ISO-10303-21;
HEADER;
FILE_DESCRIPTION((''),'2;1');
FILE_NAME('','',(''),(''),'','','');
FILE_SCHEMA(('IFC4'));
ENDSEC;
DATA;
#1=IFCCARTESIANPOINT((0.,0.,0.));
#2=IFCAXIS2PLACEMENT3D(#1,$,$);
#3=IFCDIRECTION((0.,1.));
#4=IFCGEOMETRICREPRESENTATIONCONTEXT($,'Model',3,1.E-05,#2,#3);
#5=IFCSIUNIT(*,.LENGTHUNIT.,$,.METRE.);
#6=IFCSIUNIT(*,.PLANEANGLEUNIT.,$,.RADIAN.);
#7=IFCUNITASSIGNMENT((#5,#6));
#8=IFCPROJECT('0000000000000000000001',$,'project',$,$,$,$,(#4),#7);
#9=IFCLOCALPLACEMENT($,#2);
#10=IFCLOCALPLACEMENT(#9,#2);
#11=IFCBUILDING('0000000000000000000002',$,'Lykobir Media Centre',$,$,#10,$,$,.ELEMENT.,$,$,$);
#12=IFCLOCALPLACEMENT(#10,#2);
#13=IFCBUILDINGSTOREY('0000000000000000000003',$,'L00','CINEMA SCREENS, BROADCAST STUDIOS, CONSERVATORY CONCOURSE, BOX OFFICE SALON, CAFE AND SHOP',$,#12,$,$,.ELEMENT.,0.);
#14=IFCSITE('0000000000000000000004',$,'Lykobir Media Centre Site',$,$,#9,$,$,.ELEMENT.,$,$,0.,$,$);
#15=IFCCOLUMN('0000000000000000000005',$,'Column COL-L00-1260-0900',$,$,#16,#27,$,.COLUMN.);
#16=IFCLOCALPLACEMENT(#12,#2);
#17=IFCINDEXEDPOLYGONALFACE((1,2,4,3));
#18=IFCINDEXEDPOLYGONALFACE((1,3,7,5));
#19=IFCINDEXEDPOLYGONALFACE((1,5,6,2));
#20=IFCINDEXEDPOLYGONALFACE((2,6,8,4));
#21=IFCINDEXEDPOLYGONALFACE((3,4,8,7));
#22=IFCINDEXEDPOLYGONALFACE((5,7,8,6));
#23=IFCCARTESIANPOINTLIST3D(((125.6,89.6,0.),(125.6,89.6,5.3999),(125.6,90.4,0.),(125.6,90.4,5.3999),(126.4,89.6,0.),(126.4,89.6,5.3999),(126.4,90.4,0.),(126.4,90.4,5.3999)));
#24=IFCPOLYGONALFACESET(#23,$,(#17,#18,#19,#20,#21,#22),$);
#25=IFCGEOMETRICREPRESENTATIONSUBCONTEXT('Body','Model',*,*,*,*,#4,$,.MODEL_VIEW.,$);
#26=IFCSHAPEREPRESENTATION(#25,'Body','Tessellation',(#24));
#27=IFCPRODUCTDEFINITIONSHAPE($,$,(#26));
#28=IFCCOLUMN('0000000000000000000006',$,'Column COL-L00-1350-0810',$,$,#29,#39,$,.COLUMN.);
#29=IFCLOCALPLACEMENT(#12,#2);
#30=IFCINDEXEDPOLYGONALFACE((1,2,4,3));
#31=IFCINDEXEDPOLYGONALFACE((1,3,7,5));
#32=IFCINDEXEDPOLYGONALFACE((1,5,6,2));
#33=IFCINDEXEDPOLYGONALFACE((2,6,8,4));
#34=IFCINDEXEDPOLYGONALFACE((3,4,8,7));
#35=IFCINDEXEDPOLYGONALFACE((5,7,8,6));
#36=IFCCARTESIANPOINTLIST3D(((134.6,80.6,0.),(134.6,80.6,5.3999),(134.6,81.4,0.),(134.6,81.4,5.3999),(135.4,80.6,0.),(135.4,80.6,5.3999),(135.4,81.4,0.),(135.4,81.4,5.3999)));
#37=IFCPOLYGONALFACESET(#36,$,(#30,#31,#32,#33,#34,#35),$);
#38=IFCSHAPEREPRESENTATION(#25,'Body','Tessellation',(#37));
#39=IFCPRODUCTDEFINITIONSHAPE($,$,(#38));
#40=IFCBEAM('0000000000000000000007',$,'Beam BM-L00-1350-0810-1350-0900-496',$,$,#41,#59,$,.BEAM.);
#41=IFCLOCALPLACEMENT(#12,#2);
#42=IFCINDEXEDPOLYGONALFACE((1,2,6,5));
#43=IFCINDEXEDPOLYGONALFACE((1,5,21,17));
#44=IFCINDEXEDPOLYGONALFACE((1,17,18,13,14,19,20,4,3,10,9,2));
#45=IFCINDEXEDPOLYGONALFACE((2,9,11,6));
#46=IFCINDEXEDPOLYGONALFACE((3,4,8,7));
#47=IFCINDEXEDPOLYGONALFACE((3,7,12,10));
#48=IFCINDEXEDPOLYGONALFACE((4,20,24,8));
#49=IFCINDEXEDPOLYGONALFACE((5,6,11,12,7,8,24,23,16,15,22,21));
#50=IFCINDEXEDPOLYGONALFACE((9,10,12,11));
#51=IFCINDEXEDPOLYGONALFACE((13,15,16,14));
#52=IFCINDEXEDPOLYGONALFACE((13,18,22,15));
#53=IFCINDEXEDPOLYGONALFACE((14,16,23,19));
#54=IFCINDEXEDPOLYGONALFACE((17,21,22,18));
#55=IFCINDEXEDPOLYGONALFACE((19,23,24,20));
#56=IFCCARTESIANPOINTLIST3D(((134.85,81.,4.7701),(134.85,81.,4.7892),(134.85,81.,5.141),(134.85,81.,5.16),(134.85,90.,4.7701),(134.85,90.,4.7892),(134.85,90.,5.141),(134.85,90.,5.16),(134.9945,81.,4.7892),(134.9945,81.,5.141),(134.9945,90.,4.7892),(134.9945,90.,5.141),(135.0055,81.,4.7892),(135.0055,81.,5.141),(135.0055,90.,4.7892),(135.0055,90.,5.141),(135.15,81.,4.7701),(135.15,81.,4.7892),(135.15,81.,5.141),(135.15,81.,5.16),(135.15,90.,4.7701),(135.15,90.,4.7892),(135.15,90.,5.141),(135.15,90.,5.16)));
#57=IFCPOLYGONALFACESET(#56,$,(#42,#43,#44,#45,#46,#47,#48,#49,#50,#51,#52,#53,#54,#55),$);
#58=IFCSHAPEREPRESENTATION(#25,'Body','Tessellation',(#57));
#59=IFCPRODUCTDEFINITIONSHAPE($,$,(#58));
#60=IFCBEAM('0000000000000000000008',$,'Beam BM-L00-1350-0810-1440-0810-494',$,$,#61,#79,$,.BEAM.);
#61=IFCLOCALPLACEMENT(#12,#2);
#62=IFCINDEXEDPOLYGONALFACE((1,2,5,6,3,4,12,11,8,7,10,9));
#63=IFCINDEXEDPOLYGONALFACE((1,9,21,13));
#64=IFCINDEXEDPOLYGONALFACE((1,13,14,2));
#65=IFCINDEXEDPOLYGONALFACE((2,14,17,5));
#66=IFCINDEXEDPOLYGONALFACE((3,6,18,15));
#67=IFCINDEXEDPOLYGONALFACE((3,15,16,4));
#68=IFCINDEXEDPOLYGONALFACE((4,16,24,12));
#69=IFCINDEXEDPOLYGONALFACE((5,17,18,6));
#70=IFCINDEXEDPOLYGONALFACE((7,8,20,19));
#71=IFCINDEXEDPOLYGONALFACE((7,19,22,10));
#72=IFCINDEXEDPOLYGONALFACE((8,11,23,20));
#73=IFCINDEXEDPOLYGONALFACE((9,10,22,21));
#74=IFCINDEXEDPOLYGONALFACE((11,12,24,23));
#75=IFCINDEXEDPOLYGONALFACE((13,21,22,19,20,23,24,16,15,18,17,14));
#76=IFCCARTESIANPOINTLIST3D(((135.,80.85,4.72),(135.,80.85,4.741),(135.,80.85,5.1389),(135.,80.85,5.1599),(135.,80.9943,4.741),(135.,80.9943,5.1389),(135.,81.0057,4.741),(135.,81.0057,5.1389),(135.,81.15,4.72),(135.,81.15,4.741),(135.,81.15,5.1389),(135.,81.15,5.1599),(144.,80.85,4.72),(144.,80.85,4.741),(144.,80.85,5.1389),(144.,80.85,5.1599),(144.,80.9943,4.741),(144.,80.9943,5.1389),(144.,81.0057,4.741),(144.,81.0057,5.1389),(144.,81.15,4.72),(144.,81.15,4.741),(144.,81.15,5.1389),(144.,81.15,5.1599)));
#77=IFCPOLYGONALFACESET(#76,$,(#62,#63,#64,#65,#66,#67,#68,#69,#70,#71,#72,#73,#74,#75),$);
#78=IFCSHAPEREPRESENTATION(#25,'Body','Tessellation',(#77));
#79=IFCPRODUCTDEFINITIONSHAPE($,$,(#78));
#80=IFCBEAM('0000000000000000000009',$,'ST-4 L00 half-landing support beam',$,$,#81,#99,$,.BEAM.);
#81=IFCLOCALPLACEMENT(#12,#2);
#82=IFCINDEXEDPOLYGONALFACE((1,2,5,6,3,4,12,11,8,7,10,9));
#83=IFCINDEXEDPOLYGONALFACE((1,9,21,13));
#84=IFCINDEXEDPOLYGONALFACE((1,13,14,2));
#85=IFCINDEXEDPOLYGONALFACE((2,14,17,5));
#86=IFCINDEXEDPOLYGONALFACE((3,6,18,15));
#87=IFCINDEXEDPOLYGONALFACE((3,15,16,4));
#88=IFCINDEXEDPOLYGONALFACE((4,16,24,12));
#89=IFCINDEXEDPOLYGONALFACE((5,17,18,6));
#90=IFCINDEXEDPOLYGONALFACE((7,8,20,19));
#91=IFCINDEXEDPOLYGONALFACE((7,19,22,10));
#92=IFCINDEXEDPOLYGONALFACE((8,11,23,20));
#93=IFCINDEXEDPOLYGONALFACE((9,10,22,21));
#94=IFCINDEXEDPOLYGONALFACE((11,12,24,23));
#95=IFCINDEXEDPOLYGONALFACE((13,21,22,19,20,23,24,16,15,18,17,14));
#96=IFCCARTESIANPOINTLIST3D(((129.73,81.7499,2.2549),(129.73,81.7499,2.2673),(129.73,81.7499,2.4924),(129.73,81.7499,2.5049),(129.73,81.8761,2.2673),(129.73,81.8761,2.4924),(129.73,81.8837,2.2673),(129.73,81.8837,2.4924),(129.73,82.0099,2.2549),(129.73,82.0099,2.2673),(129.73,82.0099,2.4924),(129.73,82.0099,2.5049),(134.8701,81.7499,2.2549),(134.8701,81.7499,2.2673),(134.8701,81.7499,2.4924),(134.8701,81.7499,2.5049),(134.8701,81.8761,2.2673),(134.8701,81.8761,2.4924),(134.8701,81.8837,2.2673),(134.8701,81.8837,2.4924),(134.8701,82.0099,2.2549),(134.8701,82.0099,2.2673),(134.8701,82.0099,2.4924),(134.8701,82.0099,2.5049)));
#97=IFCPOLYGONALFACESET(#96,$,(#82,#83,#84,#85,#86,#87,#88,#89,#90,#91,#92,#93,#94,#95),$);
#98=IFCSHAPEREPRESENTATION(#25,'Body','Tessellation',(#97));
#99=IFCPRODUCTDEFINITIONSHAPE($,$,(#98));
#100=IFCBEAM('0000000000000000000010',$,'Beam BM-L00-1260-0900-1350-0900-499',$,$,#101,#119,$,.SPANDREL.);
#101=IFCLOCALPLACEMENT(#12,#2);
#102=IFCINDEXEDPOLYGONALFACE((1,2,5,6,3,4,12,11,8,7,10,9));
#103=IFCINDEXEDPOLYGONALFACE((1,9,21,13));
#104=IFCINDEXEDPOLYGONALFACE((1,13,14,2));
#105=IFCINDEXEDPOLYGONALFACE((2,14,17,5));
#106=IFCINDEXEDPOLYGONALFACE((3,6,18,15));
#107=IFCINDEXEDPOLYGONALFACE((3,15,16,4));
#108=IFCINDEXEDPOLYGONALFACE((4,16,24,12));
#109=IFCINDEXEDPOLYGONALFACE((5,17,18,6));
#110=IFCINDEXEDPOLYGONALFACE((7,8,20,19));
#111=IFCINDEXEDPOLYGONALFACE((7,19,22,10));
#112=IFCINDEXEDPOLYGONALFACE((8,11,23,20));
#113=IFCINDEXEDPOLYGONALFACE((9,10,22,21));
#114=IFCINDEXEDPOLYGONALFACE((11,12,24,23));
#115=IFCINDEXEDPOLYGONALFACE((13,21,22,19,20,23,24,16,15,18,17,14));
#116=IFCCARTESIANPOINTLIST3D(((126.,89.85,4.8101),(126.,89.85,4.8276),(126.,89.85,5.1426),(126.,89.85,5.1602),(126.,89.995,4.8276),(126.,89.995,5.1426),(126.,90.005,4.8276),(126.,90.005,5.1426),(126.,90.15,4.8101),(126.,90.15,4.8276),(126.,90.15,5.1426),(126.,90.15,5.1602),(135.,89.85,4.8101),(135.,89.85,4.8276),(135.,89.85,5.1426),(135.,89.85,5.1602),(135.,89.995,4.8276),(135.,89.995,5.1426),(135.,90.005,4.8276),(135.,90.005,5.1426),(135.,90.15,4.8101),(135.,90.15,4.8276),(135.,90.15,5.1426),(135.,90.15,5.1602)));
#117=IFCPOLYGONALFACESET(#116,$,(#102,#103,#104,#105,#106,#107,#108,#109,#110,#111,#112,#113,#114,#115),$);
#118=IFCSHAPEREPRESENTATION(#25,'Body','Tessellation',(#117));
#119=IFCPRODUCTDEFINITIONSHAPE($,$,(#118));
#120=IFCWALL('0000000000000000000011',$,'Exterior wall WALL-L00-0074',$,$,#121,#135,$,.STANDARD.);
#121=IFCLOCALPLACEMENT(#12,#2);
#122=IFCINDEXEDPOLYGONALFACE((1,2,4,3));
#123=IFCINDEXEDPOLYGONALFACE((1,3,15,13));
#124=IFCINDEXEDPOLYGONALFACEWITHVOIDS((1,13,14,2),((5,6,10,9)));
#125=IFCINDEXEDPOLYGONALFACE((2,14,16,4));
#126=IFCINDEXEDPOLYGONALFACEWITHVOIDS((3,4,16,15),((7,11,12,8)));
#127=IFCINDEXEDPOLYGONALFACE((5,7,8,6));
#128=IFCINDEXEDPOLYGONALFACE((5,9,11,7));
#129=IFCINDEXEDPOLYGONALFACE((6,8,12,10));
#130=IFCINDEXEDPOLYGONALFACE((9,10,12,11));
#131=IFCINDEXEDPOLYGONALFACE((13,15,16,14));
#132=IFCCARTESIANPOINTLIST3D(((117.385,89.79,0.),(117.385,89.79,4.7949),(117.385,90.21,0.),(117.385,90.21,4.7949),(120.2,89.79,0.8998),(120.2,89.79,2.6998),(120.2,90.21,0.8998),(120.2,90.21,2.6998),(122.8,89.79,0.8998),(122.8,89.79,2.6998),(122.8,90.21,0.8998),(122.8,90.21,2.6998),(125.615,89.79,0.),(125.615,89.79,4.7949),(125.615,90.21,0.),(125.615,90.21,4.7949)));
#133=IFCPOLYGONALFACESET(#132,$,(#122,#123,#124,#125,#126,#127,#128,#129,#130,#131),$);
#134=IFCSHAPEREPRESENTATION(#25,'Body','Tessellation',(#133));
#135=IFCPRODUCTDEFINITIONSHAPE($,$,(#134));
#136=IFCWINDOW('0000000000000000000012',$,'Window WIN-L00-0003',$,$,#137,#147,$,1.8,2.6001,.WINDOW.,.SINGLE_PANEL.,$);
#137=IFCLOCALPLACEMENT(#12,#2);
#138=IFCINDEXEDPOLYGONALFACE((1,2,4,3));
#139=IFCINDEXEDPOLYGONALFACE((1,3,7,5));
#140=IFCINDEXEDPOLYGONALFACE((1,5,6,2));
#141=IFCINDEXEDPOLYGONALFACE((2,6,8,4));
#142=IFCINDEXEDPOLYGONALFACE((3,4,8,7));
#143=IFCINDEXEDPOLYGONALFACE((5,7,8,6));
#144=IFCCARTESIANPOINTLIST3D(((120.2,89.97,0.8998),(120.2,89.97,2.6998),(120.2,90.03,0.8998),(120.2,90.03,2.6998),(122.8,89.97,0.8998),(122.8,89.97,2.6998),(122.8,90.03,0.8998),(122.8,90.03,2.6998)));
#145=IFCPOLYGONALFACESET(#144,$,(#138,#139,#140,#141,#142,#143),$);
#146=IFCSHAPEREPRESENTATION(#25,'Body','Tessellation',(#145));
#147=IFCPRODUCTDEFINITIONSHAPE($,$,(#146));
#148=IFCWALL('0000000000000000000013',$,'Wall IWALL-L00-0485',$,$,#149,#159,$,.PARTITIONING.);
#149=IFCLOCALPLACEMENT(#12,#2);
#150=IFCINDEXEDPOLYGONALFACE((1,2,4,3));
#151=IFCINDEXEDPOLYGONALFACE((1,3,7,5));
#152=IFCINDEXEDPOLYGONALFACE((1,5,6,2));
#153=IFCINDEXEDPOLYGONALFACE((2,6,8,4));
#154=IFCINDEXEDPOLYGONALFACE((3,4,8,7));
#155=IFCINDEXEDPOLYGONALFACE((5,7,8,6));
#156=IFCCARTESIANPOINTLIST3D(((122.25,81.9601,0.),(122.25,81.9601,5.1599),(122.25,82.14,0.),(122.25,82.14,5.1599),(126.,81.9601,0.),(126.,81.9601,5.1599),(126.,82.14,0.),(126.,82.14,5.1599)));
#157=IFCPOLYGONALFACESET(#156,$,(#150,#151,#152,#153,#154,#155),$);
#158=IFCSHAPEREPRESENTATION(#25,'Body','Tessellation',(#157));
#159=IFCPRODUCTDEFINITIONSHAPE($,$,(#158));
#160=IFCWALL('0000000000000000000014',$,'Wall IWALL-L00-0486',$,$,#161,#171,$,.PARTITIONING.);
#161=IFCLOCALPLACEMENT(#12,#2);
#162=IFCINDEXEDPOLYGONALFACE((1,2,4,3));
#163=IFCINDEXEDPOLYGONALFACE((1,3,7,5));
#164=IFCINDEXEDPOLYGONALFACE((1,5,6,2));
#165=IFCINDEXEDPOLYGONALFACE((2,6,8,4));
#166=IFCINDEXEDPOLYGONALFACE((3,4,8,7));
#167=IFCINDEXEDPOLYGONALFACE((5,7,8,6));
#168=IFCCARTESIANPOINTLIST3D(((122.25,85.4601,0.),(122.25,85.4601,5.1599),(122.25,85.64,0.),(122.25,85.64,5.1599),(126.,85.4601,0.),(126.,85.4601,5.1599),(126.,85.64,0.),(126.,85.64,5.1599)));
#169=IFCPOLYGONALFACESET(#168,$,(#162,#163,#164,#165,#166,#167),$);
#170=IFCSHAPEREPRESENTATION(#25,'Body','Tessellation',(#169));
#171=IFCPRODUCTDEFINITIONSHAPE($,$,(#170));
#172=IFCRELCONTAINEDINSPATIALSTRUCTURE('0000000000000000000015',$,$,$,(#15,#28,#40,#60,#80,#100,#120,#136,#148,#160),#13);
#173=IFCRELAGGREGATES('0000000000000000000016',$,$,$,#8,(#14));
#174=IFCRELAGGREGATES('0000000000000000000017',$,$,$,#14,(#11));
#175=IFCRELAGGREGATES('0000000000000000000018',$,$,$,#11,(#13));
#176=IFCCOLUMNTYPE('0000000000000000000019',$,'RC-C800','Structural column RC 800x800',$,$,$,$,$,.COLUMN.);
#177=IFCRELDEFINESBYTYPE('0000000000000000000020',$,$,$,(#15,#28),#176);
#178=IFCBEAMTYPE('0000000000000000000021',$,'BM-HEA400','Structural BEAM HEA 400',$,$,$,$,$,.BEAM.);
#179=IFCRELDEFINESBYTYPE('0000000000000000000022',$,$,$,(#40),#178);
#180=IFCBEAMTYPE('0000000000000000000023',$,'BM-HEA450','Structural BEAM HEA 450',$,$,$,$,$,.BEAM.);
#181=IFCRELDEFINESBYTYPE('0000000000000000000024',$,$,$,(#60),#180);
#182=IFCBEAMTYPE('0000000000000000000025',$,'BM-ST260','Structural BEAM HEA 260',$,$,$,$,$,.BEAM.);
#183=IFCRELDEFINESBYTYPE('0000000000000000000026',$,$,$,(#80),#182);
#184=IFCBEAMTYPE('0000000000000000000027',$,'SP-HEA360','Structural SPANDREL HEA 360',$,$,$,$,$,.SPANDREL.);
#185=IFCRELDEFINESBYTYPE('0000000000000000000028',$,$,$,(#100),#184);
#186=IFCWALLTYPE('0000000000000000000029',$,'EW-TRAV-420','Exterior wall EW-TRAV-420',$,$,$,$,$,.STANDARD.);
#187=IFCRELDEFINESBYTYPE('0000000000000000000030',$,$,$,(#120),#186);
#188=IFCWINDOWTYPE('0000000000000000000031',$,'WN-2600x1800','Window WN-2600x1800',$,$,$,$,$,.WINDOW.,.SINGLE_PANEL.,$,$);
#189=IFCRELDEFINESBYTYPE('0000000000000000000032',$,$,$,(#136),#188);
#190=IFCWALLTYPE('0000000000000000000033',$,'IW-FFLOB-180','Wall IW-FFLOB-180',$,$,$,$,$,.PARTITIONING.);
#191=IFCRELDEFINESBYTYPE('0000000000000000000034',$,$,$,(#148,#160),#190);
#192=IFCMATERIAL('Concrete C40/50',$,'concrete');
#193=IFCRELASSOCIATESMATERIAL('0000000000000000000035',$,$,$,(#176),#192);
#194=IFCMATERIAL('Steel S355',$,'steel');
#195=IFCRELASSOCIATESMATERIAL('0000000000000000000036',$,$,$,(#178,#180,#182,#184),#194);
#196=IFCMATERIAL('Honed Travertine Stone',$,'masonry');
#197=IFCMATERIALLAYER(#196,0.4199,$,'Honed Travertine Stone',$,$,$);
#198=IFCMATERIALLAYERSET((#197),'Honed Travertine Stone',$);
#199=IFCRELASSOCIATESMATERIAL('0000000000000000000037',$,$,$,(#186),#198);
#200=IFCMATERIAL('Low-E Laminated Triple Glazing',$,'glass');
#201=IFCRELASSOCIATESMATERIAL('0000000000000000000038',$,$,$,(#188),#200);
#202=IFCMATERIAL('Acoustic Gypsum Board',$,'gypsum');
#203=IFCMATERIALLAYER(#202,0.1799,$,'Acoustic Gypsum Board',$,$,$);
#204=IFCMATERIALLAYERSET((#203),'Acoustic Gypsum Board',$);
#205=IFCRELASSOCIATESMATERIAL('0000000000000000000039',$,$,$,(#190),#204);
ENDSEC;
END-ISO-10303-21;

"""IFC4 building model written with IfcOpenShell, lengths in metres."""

from ifc_helpers import new_model, si_unit, direction, frame, frame_2d, origin, origin_2d, place, context, subcontext, project, spatial, rectangle, i_section, extrude, material, layer, layer_set, material_profile, profile_set, type_object, element, fill, save


model = new_model("IFC4")

# Units and contexts
model_context = context("Model", 3, precision=1e-05, world=origin(), true_north=direction((0.0, 1.0)))
body_context = subcontext(model_context, "Body", "Model", "MODEL_VIEW")
ifc_project = project(units=[si_unit("LENGTHUNIT", "METRE"), si_unit("PLANEANGLEUNIT", "RADIAN")], contexts=[model_context])

# Site, building, storey
site_placement = place(None, origin())
site = spatial("IfcSite", under=ifc_project, at=site_placement, Name="Lykobir Media Centre Site", CompositionType="ELEMENT", RefElevation=0.0)
building_placement = place(site_placement, origin())
building = spatial("IfcBuilding", under=site, at=building_placement, Name="Lykobir Media Centre", CompositionType="ELEMENT")
storey_placement = place(building_placement, origin())
storey = spatial("IfcBuildingStorey", under=building, at=storey_placement, Name="L00", Description="CINEMA SCREENS, BROADCAST STUDIOS, CONSERVATORY CONCOURSE, BOX OFFICE SALON, CAFE AND SHOP", CompositionType="ELEMENT", Elevation=0.0)

# Columns
ifc_material_1 = material(Name="Concrete C40/50", Category="concrete")
ifc_material_profile_1 = material_profile(ifc_material_1, rectangle(XDim=0.8, YDim=0.8, at=origin_2d()), Name="RC 800x800")
ifc_profile_set_1 = profile_set([ifc_material_profile_1], Name="Concrete C40/50")
column_type = type_object("IfcColumnType", Name="RC-C800", Description="Structural column RC 800x800", PredefinedType="COLUMN", material=ifc_profile_set_1)
for number, where, z_axis, x_axis, name in (
    (1, (126.0, 90.0, 0.0), (0.0, 0.0, 1.0), (1.0, 0.0, 0.0), "Column COL-L00-1260-0900"),
    (2, (135.0, 81.0, 0.0), (0.0, 0.0, 1.0), (1.0, 0.0, 0.0), "Column COL-L00-1350-0810"),
):
    element("IfcColumn", number, at=place(storey_placement, frame(where, z_axis=z_axis, x_axis=x_axis)), inside=storey, type_object=column_type, Name=name, PredefinedType="COLUMN", context=body_context, shape_type="SweptSolid", body=[
        extrude(rectangle(XDim=0.8, YDim=0.8, at=origin_2d()), origin(), (0.0, 0.0, 1.0), 5.3999),
    ])

# Beams
ifc_material_2 = material(Name="Steel S355", Category="steel")
ifc_material_profile_2 = material_profile(ifc_material_2, i_section(OverallWidth=0.3, OverallDepth=0.3899, WebThickness=0.011, FlangeThickness=0.019, at=origin_2d()), Name="HEA 400")
ifc_profile_set_2 = profile_set([ifc_material_profile_2], Name="Steel S355")
beam_type_1 = type_object("IfcBeamType", Name="BM-HEA400", Description="Structural BEAM HEA 400", PredefinedType="BEAM", material=ifc_profile_set_2)
beam_1_placement = place(storey_placement, frame((135.0, 81.0, 4.9651), z_axis=(0.0, 1.0, 0.0), x_axis=(-1.0, 0.0, 0.0)))
element("IfcBeam", 3, at=beam_1_placement, inside=storey, type_object=beam_type_1, Name="Beam BM-L00-1350-0810-1350-0900-496", PredefinedType="BEAM", context=body_context, shape_type="SweptSolid", body=[
    extrude(i_section(OverallWidth=0.3, OverallDepth=0.3899, WebThickness=0.011, FlangeThickness=0.019, at=origin_2d()), origin(), (0.0, 0.0, 1.0), 9.0),
])
ifc_material_profile_3 = material_profile(ifc_material_2, i_section(OverallWidth=0.3, OverallDepth=0.4399, WebThickness=0.0115, FlangeThickness=0.021, at=origin_2d()), Name="HEA 450")
ifc_profile_set_3 = profile_set([ifc_material_profile_3], Name="Steel S355")
beam_type_2 = type_object("IfcBeamType", Name="BM-HEA450", Description="Structural BEAM HEA 450", PredefinedType="BEAM", material=ifc_profile_set_3)
beam_2_placement = place(storey_placement, frame((135.0, 81.0, 4.9399), z_axis=(1.0, 0.0, 0.0), x_axis=(0.0, 1.0, 0.0)))
element("IfcBeam", 4, at=beam_2_placement, inside=storey, type_object=beam_type_2, Name="Beam BM-L00-1350-0810-1440-0810-494", PredefinedType="BEAM", context=body_context, shape_type="SweptSolid", body=[
    extrude(i_section(OverallWidth=0.3, OverallDepth=0.4399, WebThickness=0.0115, FlangeThickness=0.021, at=origin_2d()), origin(), (0.0, 0.0, 1.0), 9.0),
])
ifc_material_profile_4 = material_profile(ifc_material_2, i_section(OverallWidth=0.26, OverallDepth=0.25, WebThickness=0.0076, FlangeThickness=0.0125, at=origin_2d()), Name="HEA 260")
ifc_profile_set_4 = profile_set([ifc_material_profile_4], Name="Steel S355")
beam_type_3 = type_object("IfcBeamType", Name="BM-ST260", Description="Structural BEAM HEA 260", PredefinedType="BEAM", material=ifc_profile_set_4)
beam_3_placement = place(storey_placement, frame((129.73, 81.8799, 2.3799), z_axis=(1.0, 0.0, 0.0), x_axis=(0.0, 1.0, 0.0)))
element("IfcBeam", 5, at=beam_3_placement, inside=storey, type_object=beam_type_3, Name="ST-4 L00 half-landing support beam", PredefinedType="BEAM", context=body_context, shape_type="SweptSolid", body=[
    extrude(i_section(OverallWidth=0.26, OverallDepth=0.25, WebThickness=0.0076, FlangeThickness=0.0125, at=origin_2d()), origin(), (0.0, 0.0, 1.0), 5.1401),
])
ifc_material_profile_5 = material_profile(ifc_material_2, i_section(OverallWidth=0.3, OverallDepth=0.3501, WebThickness=0.01, FlangeThickness=0.0176, at=origin_2d()), Name="HEA 360")
ifc_profile_set_5 = profile_set([ifc_material_profile_5], Name="Steel S355")
beam_type_4 = type_object("IfcBeamType", Name="SP-HEA360", Description="Structural SPANDREL HEA 360", PredefinedType="SPANDREL", material=ifc_profile_set_5)
beam_4_placement = place(storey_placement, frame((126.0, 90.0, 4.9851), z_axis=(1.0, 0.0, 0.0), x_axis=(0.0, 1.0, 0.0)))
element("IfcBeam", 6, at=beam_4_placement, inside=storey, type_object=beam_type_4, Name="Beam BM-L00-1260-0900-1350-0900-499", PredefinedType="SPANDREL", context=body_context, shape_type="SweptSolid", body=[
    extrude(i_section(OverallWidth=0.3, OverallDepth=0.3501, WebThickness=0.01, FlangeThickness=0.0176, at=origin_2d()), origin(), (0.0, 0.0, 1.0), 9.0),
])

# Wall, opening, window
ifc_material_3 = material(Name="Honed Travertine Stone", Category="masonry")
ifc_layer_1 = layer(ifc_material_3, 0.4199, Name="Honed Travertine Stone")
ifc_layer_set_1 = layer_set([ifc_layer_1], Name="Honed Travertine Stone")
wall_type_1 = type_object("IfcWallType", Name="EW-TRAV-420", Description="Exterior wall EW-TRAV-420", PredefinedType="STANDARD", material=ifc_layer_set_1)
wall_1_placement = place(storey_placement, frame((125.615, 90.0, 0.0), z_axis=(0.0, 0.0, 1.0), x_axis=(-1.0, 0.0, 0.0)))
wall_1 = element("IfcWall", 7, at=wall_1_placement, inside=storey, type_object=wall_type_1, Name="Exterior wall WALL-L00-0074", PredefinedType="STANDARD", context=body_context, shape_type="SweptSolid", body=[
    extrude(rectangle(XDim=8.23, YDim=0.4199, at=frame_2d((4.115, 0.0))), origin(), (0.0, 0.0, 1.0), 4.7949),
])
opening_1_placement = place(wall_1_placement, frame((2.8149, 0.0, 0.8999)))
opening_1 = element("IfcOpeningElement", 8, at=opening_1_placement, cuts=wall_1, PredefinedType="OPENING", context=body_context, shape_type="SweptSolid", body=[
    extrude(rectangle(XDim=2.6001, YDim=1.8, at=frame_2d((1.3, 0.8999))), frame((0.0, 0.22, 0.0), z_axis=(0.0, -1.0, 0.0), x_axis=(1.0, 0.0, 0.0)), (0.0, 0.0, 1.0), 0.4399),
])
ifc_material_4 = material(Name="Low-E Laminated Triple Glazing", Category="glass")
window_type = type_object("IfcWindowType", Name="WN-2600x1800", Description="Window WN-2600x1800", PartitioningType="SINGLE_PANEL", PredefinedType="WINDOW", material=ifc_material_4)
window_placement = place(opening_1_placement, origin())
window = element("IfcWindow", 9, at=window_placement, inside=storey, type_object=window_type, Name="Window WIN-L00-0003", OverallHeight=1.8, OverallWidth=2.6001, PartitioningType="SINGLE_PANEL", PredefinedType="WINDOW", context=body_context, shape_type="SweptSolid", body=[
    extrude(rectangle(XDim=2.6001, YDim=1.8, at=frame_2d((1.3, 0.8999))), frame((0.0, 0.03, 0.0), z_axis=(0.0, -1.0, 0.0), x_axis=(1.0, 0.0, 0.0)), (0.0, 0.0, 1.0), 0.0601),
])
fill(opening_1, window)

# Walls
ifc_material_5 = material(Name="Acoustic Gypsum Board", Category="gypsum")
ifc_layer_2 = layer(ifc_material_5, 0.1799, Name="Acoustic Gypsum Board")
ifc_layer_set_2 = layer_set([ifc_layer_2], Name="Acoustic Gypsum Board")
wall_type_2 = type_object("IfcWallType", Name="IW-FFLOB-180", Description="Wall IW-FFLOB-180", PredefinedType="PARTITIONING", material=ifc_layer_set_2)
for number, where, z_axis, x_axis, name in (
    (10, (122.25, 82.05, 0.0), (0.0, 0.0, 1.0), (1.0, 0.0, 0.0), "Wall IWALL-L00-0485"),
    (11, (122.25, 85.55, 0.0), (0.0, 0.0, 1.0), (1.0, 0.0, 0.0), "Wall IWALL-L00-0486"),
):
    element("IfcWall", number, at=place(storey_placement, frame(where, z_axis=z_axis, x_axis=x_axis)), inside=storey, type_object=wall_type_2, Name=name, PredefinedType="PARTITIONING", context=body_context, shape_type="SweptSolid", body=[
        extrude(rectangle(XDim=3.75, YDim=0.1799, at=frame_2d((1.875, 0.0))), origin(), (0.0, 0.0, 1.0), 5.1599),
    ])

save(model, "model.ifc")
